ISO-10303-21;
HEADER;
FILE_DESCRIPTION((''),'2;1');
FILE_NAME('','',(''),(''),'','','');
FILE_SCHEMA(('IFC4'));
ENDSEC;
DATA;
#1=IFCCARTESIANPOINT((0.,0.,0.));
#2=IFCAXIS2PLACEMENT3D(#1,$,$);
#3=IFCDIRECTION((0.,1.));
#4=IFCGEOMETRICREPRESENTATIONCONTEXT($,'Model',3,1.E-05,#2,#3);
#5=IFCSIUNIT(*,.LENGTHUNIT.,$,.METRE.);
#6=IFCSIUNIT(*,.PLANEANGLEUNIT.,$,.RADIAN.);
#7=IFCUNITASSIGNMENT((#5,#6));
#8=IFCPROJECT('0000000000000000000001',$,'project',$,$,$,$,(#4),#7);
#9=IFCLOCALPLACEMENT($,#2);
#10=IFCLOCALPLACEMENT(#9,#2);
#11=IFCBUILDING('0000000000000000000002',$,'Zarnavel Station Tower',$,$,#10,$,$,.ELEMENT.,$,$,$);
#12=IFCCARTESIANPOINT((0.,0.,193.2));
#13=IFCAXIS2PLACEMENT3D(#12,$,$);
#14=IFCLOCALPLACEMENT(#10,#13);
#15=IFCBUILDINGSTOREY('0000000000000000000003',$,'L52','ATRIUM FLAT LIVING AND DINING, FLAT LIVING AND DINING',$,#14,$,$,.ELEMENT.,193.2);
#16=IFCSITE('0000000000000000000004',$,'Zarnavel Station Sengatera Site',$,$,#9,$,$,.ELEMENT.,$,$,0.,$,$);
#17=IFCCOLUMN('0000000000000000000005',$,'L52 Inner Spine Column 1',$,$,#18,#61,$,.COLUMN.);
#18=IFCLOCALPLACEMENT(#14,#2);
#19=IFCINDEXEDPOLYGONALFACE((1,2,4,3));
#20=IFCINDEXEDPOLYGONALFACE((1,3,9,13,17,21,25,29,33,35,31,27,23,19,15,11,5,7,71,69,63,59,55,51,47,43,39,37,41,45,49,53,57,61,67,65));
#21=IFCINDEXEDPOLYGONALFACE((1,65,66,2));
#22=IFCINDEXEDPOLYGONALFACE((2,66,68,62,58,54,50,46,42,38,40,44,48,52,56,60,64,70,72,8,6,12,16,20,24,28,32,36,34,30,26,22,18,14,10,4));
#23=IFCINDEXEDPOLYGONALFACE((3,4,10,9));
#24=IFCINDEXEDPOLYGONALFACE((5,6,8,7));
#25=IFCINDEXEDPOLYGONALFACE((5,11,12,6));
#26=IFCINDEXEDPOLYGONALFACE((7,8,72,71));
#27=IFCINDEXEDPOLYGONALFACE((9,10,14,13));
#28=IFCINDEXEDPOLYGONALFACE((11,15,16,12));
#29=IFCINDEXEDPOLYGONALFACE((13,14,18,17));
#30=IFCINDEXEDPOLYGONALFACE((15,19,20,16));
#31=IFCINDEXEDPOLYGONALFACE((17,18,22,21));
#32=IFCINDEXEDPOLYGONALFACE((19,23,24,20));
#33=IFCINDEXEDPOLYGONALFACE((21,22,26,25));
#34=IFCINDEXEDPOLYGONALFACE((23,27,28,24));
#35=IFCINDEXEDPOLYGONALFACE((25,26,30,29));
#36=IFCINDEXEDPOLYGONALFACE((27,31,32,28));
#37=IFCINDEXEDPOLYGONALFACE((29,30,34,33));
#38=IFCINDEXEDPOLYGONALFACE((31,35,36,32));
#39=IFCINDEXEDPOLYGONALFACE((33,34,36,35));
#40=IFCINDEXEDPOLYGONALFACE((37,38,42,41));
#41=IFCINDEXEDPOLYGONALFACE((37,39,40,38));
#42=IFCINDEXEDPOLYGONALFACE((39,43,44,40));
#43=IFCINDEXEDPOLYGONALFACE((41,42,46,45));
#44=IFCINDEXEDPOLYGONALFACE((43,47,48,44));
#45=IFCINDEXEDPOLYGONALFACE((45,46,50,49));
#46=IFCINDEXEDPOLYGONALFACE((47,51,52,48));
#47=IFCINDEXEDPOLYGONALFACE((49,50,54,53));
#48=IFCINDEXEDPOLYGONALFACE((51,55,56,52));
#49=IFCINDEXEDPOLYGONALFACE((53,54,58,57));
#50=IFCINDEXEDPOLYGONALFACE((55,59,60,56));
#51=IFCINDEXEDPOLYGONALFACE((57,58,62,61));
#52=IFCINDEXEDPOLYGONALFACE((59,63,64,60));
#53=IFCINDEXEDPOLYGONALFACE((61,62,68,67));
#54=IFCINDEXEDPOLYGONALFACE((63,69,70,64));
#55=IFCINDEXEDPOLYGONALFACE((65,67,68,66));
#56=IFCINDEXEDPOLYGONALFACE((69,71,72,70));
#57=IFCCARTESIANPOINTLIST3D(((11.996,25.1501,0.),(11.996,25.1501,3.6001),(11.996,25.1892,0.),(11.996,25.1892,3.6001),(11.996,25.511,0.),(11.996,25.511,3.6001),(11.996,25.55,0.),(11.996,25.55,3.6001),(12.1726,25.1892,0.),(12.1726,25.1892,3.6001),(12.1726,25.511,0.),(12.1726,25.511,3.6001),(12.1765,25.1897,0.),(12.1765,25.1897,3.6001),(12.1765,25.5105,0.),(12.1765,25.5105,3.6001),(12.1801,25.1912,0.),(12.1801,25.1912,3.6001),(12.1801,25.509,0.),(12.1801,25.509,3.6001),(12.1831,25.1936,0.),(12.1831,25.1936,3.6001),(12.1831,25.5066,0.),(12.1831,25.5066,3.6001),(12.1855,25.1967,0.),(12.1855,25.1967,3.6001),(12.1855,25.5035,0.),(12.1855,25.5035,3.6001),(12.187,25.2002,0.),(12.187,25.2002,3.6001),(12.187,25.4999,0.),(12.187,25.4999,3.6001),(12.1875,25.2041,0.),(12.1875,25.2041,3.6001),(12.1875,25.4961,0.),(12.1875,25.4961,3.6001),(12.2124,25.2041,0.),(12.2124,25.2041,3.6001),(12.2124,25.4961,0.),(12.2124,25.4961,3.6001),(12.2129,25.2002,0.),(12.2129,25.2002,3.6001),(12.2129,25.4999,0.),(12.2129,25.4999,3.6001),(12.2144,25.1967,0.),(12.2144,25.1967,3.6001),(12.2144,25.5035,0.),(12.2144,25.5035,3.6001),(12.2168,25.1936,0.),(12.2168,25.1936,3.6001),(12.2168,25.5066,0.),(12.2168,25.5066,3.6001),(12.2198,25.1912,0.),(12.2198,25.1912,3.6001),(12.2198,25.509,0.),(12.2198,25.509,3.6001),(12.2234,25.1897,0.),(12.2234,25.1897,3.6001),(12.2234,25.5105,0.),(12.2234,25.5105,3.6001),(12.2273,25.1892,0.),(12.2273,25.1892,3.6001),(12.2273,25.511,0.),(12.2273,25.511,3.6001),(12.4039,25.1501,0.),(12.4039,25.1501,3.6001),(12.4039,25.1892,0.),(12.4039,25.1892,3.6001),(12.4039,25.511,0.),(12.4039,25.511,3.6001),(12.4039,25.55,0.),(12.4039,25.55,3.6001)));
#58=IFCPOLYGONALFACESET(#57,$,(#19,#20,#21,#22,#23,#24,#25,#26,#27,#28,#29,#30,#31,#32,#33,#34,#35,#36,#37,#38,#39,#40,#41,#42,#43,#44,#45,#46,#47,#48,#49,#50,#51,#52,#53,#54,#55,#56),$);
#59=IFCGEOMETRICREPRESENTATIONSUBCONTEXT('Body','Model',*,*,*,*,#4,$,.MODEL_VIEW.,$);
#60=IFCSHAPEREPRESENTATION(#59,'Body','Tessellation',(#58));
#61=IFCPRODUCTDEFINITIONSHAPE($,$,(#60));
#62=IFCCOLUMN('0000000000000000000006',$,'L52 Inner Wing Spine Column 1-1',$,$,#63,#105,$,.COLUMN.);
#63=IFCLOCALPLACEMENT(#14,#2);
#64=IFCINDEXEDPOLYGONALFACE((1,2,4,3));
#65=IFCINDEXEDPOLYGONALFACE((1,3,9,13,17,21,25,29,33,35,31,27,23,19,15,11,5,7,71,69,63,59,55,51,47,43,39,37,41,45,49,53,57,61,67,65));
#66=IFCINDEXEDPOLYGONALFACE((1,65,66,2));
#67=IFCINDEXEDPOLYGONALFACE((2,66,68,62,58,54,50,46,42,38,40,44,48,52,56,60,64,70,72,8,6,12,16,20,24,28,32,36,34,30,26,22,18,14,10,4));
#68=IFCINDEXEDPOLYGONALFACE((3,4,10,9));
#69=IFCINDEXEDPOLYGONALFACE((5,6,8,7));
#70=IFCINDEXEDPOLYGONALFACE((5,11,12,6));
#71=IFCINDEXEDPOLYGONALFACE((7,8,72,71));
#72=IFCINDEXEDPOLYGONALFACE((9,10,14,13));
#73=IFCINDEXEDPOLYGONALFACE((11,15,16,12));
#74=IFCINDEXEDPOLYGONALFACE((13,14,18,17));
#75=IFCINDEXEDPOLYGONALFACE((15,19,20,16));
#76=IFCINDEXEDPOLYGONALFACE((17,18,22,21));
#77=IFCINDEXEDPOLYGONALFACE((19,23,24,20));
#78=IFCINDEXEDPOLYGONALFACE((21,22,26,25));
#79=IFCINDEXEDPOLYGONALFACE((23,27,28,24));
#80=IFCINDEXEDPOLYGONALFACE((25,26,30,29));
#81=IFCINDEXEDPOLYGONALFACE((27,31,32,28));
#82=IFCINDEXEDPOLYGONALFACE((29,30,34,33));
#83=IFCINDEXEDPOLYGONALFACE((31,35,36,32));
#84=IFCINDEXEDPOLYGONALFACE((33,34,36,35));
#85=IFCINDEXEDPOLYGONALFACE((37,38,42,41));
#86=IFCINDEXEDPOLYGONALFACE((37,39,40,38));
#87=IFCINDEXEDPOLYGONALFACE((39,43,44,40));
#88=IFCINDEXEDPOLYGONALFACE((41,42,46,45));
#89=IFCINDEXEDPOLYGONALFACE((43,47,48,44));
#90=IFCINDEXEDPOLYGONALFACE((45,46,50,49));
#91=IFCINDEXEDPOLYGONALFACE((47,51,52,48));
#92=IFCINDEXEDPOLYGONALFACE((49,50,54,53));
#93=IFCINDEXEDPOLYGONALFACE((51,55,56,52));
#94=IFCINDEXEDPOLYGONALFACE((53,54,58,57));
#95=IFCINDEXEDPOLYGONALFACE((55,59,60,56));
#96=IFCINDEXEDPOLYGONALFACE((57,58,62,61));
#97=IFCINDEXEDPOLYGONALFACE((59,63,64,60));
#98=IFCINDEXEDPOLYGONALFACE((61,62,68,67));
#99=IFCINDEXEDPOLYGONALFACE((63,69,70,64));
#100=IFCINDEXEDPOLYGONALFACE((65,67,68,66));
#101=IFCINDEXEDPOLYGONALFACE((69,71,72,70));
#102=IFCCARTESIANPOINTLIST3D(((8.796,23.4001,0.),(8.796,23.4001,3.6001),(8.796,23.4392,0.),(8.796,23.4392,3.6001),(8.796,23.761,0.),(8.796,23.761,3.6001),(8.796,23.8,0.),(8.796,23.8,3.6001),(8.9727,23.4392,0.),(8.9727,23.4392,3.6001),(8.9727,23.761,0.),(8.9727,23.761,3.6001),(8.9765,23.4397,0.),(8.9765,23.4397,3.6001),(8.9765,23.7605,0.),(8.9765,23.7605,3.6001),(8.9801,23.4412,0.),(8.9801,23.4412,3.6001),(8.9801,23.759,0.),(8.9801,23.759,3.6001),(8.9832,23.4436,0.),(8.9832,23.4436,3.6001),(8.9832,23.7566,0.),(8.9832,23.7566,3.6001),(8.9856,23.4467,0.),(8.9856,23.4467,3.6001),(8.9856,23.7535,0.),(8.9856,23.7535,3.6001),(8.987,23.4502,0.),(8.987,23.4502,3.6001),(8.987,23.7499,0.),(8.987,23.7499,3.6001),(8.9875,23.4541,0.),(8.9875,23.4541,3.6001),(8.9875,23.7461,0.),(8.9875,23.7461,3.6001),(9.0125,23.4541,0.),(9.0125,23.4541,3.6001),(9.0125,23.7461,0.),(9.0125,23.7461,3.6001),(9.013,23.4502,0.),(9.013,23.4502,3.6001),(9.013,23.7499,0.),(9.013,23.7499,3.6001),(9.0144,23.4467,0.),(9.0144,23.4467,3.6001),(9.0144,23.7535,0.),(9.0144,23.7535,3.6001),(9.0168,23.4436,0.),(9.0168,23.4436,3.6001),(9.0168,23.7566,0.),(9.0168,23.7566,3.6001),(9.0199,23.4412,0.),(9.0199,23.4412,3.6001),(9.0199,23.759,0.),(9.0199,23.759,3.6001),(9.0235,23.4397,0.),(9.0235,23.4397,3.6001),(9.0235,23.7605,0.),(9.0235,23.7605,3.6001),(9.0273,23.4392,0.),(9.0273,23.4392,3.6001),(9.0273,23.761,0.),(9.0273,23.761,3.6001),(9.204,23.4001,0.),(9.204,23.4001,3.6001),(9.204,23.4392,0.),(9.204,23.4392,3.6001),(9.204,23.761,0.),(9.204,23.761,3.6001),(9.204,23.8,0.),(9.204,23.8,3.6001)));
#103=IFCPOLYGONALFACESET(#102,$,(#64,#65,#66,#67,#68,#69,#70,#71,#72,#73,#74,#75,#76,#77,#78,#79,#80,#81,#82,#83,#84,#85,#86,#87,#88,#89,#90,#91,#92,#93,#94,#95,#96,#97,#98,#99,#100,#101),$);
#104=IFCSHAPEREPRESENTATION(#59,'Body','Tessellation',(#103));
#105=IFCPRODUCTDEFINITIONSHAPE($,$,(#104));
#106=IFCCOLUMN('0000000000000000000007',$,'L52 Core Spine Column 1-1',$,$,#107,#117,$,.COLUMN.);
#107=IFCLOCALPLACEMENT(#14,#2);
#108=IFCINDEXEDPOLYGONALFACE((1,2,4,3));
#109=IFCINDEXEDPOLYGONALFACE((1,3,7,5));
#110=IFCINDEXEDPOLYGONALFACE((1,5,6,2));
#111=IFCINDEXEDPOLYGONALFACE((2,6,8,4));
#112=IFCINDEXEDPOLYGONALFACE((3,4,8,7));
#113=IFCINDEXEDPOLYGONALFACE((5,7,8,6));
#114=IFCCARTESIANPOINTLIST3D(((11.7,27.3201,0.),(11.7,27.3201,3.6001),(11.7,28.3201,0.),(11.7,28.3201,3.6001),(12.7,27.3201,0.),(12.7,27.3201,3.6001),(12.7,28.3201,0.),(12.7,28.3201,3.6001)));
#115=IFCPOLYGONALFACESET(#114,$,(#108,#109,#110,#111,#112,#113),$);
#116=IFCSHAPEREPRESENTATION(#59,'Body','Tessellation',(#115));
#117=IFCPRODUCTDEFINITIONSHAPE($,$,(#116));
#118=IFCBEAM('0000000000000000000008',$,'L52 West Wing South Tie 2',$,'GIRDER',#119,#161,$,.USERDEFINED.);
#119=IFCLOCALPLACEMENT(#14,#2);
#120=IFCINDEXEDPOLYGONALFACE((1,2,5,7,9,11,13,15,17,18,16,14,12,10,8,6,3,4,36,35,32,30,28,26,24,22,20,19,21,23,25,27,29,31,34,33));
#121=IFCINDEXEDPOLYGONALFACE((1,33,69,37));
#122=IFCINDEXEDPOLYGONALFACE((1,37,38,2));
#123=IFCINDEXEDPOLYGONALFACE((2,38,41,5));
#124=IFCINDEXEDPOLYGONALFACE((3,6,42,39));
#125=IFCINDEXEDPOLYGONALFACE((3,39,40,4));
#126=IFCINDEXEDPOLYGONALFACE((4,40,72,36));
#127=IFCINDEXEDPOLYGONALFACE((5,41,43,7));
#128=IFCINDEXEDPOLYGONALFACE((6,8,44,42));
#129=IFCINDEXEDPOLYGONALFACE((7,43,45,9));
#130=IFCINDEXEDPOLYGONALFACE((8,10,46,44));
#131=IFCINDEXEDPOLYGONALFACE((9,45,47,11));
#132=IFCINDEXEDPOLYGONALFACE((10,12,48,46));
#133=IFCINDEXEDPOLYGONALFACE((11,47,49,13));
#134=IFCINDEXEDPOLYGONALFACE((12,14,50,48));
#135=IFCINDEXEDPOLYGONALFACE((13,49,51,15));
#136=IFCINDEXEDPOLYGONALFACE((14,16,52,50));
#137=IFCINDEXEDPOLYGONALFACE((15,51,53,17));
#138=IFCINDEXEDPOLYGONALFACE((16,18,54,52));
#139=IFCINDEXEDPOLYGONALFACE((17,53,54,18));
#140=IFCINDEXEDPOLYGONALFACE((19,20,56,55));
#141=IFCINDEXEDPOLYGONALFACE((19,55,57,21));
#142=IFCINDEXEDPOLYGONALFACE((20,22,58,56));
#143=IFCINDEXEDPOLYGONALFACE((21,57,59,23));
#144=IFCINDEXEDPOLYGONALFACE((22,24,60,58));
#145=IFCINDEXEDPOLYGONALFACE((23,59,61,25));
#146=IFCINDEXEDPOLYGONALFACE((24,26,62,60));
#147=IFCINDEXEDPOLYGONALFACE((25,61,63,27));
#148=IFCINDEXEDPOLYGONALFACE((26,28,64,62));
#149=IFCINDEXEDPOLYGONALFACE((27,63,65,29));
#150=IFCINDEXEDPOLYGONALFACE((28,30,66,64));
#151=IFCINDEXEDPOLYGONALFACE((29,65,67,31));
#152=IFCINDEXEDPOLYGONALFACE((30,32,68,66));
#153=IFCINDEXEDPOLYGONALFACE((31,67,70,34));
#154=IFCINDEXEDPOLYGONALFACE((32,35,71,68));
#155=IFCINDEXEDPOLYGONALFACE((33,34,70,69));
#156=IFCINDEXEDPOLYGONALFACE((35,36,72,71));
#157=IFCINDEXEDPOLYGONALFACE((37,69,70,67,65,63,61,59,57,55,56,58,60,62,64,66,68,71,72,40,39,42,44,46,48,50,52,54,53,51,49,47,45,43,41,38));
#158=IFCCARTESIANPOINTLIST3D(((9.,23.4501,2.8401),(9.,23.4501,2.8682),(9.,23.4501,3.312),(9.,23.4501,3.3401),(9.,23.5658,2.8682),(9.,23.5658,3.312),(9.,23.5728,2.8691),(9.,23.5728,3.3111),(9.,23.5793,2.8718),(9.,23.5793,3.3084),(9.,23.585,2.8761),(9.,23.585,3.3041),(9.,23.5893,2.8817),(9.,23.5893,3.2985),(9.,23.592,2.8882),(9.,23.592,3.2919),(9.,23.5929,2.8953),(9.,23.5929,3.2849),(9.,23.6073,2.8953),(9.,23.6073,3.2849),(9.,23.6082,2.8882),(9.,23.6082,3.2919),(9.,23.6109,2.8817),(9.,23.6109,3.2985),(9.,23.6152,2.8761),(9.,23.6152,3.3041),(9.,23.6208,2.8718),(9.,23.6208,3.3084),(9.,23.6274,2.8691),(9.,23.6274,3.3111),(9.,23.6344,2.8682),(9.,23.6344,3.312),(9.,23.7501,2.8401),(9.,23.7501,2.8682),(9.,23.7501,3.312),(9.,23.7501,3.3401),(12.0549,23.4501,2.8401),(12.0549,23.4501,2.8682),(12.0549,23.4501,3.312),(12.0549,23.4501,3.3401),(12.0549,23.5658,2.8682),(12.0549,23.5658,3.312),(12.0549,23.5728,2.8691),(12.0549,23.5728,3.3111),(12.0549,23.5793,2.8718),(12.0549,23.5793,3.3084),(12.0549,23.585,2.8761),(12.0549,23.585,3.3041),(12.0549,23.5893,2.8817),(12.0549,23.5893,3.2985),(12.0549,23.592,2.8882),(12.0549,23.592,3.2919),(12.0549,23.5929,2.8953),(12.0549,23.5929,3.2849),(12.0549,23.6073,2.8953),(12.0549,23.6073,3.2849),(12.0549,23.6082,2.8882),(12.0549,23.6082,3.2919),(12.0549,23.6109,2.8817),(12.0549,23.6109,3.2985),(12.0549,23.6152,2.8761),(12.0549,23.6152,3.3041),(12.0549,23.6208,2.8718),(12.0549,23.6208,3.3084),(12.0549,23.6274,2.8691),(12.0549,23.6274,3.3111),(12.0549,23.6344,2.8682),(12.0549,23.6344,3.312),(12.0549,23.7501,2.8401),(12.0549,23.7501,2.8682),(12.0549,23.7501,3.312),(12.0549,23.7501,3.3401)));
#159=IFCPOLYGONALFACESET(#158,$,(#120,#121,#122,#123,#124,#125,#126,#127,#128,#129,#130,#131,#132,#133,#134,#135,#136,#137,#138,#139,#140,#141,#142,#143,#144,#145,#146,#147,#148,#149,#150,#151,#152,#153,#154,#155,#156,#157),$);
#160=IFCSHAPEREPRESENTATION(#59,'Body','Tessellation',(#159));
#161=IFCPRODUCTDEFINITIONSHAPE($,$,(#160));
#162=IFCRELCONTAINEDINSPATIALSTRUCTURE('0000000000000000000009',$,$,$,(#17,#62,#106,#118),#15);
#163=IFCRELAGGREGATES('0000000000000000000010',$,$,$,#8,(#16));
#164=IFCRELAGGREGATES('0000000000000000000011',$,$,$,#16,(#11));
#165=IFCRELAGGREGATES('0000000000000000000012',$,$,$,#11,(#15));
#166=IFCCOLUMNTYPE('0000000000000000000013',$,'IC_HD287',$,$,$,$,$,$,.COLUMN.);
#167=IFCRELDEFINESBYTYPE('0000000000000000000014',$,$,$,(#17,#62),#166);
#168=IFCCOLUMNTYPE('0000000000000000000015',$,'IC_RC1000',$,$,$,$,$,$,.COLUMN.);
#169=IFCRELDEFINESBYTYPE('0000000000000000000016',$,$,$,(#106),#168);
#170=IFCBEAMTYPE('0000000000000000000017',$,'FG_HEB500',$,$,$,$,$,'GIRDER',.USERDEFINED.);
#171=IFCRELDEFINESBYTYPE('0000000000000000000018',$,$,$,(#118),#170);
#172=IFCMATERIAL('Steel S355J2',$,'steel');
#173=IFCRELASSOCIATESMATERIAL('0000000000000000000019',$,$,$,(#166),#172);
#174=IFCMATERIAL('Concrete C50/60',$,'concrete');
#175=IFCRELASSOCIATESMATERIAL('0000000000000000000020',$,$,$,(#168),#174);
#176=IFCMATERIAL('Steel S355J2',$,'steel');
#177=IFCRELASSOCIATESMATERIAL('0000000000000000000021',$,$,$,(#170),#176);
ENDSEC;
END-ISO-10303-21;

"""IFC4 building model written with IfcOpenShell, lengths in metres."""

from ifc_helpers import new_model, si_unit, direction, frame, origin, origin_2d, place, context, subcontext, project, spatial, rectangle, i_section, extrude, material, material_profile, profile_set, type_object, element, save


model = new_model("IFC4")

# Units and contexts
model_context = context("Model", 3, precision=1e-05, world=origin(), true_north=direction((0.0, 1.0)))
body_context = subcontext(model_context, "Body", "Model", "MODEL_VIEW")
ifc_project = project(units=[si_unit("LENGTHUNIT", "METRE"), si_unit("PLANEANGLEUNIT", "RADIAN")], contexts=[model_context])

# Site, building, storey
site_placement = place(None, origin())
site = spatial("IfcSite", under=ifc_project, at=site_placement, Name="Zarnavel Station Sengatera Site", CompositionType="ELEMENT", RefElevation=0.0)
building_placement = place(site_placement, origin())
building = spatial("IfcBuilding", under=site, at=building_placement, Name="Zarnavel Station Tower", CompositionType="ELEMENT")
storey_placement = place(building_placement, frame((0.0, 0.0, 193.2)))
storey = spatial("IfcBuildingStorey", under=building, at=storey_placement, Name="L52", Description="ATRIUM FLAT LIVING AND DINING, FLAT LIVING AND DINING", CompositionType="ELEMENT", Elevation=193.2)

# Columns
ifc_material_1 = material(Name="Steel S355J2", Category="steel")
ifc_material_profile_1 = material_profile(ifc_material_1, i_section(OverallWidth=0.408, OverallDepth=0.3999, WebThickness=0.0249, FlangeThickness=0.0391, FilletRadius=0.0149, at=origin_2d()), Name="HD400x287")
ifc_profile_set_1 = profile_set([ifc_material_profile_1], Name="Steel S355J2")
column_type_1 = type_object("IfcColumnType", Name="IC_HD287", PredefinedType="COLUMN", material=ifc_profile_set_1)
for number, where, z_axis, x_axis, name in (
    (1, (12.2, 25.3501, 0.0), (0.0, 0.0, 1.0), (1.0, 0.0, 0.0), "L52 Inner Spine Column 1"),
    (2, (9.0, 23.6001, 0.0), (0.0, 0.0, 1.0), (1.0, 0.0, 0.0), "L52 Inner Wing Spine Column 1-1"),
):
    element("IfcColumn", number, at=place(storey_placement, frame(where, z_axis=z_axis, x_axis=x_axis)), inside=storey, type_object=column_type_1, Name=name, PredefinedType="COLUMN", context=body_context, shape_type="SweptSolid", body=[
        extrude(i_section(OverallWidth=0.408, OverallDepth=0.3999, WebThickness=0.0249, FlangeThickness=0.0391, FilletRadius=0.0149, at=origin_2d()), origin(), (0.0, 0.0, 1.0), 3.6001),
    ])
ifc_material_2 = material(Name="Concrete C50/60", Category="concrete")
ifc_material_profile_2 = material_profile(ifc_material_2, rectangle(XDim=1.0, YDim=1.0, at=origin_2d()), Name="RC1000x1000")
ifc_profile_set_2 = profile_set([ifc_material_profile_2], Name="Concrete C50/60")
column_type_2 = type_object("IfcColumnType", Name="IC_RC1000", PredefinedType="COLUMN", material=ifc_profile_set_2)
column_placement = place(storey_placement, frame((12.2, 27.8201, 0.0), z_axis=(0.0, 0.0, 1.0), x_axis=(1.0, 0.0, 0.0)))
element("IfcColumn", 3, at=column_placement, inside=storey, type_object=column_type_2, Name="L52 Core Spine Column 1-1", PredefinedType="COLUMN", context=body_context, shape_type="SweptSolid", body=[
    extrude(rectangle(XDim=1.0, YDim=1.0, at=origin_2d()), origin(), (0.0, 0.0, 1.0), 3.6001),
])

# Beam
ifc_material_3 = material(Name="Steel S355J2", Category="steel")
ifc_material_profile_3 = material_profile(ifc_material_3, i_section(OverallWidth=0.3, OverallDepth=0.5, WebThickness=0.0144, FlangeThickness=0.0281, FilletRadius=0.0271, at=origin_2d()), Name="HEB500")
ifc_profile_set_3 = profile_set([ifc_material_profile_3], Name="Steel S355J2")
beam_type_1 = type_object("IfcBeamType", Name="FG_HEB500", ElementType="GIRDER", PredefinedType="USERDEFINED", material=ifc_profile_set_3)
beam_1_placement = place(storey_placement, frame((9.0, 23.6001, 3.0901), z_axis=(1.0, 0.0, 0.0), x_axis=(0.0, 1.0, 0.0)))
element("IfcBeam", 4, at=beam_1_placement, inside=storey, type_object=beam_type_1, Name="L52 West Wing South Tie 2", ObjectType="GIRDER", PredefinedType="USERDEFINED", context=body_context, shape_type="SweptSolid", body=[
    extrude(i_section(OverallWidth=0.3, OverallDepth=0.5, WebThickness=0.0144, FlangeThickness=0.0281, FilletRadius=0.0271, at=origin_2d()), origin(), (0.0, 0.0, 1.0), 3.0549),
])

save(model, "model.ifc")
